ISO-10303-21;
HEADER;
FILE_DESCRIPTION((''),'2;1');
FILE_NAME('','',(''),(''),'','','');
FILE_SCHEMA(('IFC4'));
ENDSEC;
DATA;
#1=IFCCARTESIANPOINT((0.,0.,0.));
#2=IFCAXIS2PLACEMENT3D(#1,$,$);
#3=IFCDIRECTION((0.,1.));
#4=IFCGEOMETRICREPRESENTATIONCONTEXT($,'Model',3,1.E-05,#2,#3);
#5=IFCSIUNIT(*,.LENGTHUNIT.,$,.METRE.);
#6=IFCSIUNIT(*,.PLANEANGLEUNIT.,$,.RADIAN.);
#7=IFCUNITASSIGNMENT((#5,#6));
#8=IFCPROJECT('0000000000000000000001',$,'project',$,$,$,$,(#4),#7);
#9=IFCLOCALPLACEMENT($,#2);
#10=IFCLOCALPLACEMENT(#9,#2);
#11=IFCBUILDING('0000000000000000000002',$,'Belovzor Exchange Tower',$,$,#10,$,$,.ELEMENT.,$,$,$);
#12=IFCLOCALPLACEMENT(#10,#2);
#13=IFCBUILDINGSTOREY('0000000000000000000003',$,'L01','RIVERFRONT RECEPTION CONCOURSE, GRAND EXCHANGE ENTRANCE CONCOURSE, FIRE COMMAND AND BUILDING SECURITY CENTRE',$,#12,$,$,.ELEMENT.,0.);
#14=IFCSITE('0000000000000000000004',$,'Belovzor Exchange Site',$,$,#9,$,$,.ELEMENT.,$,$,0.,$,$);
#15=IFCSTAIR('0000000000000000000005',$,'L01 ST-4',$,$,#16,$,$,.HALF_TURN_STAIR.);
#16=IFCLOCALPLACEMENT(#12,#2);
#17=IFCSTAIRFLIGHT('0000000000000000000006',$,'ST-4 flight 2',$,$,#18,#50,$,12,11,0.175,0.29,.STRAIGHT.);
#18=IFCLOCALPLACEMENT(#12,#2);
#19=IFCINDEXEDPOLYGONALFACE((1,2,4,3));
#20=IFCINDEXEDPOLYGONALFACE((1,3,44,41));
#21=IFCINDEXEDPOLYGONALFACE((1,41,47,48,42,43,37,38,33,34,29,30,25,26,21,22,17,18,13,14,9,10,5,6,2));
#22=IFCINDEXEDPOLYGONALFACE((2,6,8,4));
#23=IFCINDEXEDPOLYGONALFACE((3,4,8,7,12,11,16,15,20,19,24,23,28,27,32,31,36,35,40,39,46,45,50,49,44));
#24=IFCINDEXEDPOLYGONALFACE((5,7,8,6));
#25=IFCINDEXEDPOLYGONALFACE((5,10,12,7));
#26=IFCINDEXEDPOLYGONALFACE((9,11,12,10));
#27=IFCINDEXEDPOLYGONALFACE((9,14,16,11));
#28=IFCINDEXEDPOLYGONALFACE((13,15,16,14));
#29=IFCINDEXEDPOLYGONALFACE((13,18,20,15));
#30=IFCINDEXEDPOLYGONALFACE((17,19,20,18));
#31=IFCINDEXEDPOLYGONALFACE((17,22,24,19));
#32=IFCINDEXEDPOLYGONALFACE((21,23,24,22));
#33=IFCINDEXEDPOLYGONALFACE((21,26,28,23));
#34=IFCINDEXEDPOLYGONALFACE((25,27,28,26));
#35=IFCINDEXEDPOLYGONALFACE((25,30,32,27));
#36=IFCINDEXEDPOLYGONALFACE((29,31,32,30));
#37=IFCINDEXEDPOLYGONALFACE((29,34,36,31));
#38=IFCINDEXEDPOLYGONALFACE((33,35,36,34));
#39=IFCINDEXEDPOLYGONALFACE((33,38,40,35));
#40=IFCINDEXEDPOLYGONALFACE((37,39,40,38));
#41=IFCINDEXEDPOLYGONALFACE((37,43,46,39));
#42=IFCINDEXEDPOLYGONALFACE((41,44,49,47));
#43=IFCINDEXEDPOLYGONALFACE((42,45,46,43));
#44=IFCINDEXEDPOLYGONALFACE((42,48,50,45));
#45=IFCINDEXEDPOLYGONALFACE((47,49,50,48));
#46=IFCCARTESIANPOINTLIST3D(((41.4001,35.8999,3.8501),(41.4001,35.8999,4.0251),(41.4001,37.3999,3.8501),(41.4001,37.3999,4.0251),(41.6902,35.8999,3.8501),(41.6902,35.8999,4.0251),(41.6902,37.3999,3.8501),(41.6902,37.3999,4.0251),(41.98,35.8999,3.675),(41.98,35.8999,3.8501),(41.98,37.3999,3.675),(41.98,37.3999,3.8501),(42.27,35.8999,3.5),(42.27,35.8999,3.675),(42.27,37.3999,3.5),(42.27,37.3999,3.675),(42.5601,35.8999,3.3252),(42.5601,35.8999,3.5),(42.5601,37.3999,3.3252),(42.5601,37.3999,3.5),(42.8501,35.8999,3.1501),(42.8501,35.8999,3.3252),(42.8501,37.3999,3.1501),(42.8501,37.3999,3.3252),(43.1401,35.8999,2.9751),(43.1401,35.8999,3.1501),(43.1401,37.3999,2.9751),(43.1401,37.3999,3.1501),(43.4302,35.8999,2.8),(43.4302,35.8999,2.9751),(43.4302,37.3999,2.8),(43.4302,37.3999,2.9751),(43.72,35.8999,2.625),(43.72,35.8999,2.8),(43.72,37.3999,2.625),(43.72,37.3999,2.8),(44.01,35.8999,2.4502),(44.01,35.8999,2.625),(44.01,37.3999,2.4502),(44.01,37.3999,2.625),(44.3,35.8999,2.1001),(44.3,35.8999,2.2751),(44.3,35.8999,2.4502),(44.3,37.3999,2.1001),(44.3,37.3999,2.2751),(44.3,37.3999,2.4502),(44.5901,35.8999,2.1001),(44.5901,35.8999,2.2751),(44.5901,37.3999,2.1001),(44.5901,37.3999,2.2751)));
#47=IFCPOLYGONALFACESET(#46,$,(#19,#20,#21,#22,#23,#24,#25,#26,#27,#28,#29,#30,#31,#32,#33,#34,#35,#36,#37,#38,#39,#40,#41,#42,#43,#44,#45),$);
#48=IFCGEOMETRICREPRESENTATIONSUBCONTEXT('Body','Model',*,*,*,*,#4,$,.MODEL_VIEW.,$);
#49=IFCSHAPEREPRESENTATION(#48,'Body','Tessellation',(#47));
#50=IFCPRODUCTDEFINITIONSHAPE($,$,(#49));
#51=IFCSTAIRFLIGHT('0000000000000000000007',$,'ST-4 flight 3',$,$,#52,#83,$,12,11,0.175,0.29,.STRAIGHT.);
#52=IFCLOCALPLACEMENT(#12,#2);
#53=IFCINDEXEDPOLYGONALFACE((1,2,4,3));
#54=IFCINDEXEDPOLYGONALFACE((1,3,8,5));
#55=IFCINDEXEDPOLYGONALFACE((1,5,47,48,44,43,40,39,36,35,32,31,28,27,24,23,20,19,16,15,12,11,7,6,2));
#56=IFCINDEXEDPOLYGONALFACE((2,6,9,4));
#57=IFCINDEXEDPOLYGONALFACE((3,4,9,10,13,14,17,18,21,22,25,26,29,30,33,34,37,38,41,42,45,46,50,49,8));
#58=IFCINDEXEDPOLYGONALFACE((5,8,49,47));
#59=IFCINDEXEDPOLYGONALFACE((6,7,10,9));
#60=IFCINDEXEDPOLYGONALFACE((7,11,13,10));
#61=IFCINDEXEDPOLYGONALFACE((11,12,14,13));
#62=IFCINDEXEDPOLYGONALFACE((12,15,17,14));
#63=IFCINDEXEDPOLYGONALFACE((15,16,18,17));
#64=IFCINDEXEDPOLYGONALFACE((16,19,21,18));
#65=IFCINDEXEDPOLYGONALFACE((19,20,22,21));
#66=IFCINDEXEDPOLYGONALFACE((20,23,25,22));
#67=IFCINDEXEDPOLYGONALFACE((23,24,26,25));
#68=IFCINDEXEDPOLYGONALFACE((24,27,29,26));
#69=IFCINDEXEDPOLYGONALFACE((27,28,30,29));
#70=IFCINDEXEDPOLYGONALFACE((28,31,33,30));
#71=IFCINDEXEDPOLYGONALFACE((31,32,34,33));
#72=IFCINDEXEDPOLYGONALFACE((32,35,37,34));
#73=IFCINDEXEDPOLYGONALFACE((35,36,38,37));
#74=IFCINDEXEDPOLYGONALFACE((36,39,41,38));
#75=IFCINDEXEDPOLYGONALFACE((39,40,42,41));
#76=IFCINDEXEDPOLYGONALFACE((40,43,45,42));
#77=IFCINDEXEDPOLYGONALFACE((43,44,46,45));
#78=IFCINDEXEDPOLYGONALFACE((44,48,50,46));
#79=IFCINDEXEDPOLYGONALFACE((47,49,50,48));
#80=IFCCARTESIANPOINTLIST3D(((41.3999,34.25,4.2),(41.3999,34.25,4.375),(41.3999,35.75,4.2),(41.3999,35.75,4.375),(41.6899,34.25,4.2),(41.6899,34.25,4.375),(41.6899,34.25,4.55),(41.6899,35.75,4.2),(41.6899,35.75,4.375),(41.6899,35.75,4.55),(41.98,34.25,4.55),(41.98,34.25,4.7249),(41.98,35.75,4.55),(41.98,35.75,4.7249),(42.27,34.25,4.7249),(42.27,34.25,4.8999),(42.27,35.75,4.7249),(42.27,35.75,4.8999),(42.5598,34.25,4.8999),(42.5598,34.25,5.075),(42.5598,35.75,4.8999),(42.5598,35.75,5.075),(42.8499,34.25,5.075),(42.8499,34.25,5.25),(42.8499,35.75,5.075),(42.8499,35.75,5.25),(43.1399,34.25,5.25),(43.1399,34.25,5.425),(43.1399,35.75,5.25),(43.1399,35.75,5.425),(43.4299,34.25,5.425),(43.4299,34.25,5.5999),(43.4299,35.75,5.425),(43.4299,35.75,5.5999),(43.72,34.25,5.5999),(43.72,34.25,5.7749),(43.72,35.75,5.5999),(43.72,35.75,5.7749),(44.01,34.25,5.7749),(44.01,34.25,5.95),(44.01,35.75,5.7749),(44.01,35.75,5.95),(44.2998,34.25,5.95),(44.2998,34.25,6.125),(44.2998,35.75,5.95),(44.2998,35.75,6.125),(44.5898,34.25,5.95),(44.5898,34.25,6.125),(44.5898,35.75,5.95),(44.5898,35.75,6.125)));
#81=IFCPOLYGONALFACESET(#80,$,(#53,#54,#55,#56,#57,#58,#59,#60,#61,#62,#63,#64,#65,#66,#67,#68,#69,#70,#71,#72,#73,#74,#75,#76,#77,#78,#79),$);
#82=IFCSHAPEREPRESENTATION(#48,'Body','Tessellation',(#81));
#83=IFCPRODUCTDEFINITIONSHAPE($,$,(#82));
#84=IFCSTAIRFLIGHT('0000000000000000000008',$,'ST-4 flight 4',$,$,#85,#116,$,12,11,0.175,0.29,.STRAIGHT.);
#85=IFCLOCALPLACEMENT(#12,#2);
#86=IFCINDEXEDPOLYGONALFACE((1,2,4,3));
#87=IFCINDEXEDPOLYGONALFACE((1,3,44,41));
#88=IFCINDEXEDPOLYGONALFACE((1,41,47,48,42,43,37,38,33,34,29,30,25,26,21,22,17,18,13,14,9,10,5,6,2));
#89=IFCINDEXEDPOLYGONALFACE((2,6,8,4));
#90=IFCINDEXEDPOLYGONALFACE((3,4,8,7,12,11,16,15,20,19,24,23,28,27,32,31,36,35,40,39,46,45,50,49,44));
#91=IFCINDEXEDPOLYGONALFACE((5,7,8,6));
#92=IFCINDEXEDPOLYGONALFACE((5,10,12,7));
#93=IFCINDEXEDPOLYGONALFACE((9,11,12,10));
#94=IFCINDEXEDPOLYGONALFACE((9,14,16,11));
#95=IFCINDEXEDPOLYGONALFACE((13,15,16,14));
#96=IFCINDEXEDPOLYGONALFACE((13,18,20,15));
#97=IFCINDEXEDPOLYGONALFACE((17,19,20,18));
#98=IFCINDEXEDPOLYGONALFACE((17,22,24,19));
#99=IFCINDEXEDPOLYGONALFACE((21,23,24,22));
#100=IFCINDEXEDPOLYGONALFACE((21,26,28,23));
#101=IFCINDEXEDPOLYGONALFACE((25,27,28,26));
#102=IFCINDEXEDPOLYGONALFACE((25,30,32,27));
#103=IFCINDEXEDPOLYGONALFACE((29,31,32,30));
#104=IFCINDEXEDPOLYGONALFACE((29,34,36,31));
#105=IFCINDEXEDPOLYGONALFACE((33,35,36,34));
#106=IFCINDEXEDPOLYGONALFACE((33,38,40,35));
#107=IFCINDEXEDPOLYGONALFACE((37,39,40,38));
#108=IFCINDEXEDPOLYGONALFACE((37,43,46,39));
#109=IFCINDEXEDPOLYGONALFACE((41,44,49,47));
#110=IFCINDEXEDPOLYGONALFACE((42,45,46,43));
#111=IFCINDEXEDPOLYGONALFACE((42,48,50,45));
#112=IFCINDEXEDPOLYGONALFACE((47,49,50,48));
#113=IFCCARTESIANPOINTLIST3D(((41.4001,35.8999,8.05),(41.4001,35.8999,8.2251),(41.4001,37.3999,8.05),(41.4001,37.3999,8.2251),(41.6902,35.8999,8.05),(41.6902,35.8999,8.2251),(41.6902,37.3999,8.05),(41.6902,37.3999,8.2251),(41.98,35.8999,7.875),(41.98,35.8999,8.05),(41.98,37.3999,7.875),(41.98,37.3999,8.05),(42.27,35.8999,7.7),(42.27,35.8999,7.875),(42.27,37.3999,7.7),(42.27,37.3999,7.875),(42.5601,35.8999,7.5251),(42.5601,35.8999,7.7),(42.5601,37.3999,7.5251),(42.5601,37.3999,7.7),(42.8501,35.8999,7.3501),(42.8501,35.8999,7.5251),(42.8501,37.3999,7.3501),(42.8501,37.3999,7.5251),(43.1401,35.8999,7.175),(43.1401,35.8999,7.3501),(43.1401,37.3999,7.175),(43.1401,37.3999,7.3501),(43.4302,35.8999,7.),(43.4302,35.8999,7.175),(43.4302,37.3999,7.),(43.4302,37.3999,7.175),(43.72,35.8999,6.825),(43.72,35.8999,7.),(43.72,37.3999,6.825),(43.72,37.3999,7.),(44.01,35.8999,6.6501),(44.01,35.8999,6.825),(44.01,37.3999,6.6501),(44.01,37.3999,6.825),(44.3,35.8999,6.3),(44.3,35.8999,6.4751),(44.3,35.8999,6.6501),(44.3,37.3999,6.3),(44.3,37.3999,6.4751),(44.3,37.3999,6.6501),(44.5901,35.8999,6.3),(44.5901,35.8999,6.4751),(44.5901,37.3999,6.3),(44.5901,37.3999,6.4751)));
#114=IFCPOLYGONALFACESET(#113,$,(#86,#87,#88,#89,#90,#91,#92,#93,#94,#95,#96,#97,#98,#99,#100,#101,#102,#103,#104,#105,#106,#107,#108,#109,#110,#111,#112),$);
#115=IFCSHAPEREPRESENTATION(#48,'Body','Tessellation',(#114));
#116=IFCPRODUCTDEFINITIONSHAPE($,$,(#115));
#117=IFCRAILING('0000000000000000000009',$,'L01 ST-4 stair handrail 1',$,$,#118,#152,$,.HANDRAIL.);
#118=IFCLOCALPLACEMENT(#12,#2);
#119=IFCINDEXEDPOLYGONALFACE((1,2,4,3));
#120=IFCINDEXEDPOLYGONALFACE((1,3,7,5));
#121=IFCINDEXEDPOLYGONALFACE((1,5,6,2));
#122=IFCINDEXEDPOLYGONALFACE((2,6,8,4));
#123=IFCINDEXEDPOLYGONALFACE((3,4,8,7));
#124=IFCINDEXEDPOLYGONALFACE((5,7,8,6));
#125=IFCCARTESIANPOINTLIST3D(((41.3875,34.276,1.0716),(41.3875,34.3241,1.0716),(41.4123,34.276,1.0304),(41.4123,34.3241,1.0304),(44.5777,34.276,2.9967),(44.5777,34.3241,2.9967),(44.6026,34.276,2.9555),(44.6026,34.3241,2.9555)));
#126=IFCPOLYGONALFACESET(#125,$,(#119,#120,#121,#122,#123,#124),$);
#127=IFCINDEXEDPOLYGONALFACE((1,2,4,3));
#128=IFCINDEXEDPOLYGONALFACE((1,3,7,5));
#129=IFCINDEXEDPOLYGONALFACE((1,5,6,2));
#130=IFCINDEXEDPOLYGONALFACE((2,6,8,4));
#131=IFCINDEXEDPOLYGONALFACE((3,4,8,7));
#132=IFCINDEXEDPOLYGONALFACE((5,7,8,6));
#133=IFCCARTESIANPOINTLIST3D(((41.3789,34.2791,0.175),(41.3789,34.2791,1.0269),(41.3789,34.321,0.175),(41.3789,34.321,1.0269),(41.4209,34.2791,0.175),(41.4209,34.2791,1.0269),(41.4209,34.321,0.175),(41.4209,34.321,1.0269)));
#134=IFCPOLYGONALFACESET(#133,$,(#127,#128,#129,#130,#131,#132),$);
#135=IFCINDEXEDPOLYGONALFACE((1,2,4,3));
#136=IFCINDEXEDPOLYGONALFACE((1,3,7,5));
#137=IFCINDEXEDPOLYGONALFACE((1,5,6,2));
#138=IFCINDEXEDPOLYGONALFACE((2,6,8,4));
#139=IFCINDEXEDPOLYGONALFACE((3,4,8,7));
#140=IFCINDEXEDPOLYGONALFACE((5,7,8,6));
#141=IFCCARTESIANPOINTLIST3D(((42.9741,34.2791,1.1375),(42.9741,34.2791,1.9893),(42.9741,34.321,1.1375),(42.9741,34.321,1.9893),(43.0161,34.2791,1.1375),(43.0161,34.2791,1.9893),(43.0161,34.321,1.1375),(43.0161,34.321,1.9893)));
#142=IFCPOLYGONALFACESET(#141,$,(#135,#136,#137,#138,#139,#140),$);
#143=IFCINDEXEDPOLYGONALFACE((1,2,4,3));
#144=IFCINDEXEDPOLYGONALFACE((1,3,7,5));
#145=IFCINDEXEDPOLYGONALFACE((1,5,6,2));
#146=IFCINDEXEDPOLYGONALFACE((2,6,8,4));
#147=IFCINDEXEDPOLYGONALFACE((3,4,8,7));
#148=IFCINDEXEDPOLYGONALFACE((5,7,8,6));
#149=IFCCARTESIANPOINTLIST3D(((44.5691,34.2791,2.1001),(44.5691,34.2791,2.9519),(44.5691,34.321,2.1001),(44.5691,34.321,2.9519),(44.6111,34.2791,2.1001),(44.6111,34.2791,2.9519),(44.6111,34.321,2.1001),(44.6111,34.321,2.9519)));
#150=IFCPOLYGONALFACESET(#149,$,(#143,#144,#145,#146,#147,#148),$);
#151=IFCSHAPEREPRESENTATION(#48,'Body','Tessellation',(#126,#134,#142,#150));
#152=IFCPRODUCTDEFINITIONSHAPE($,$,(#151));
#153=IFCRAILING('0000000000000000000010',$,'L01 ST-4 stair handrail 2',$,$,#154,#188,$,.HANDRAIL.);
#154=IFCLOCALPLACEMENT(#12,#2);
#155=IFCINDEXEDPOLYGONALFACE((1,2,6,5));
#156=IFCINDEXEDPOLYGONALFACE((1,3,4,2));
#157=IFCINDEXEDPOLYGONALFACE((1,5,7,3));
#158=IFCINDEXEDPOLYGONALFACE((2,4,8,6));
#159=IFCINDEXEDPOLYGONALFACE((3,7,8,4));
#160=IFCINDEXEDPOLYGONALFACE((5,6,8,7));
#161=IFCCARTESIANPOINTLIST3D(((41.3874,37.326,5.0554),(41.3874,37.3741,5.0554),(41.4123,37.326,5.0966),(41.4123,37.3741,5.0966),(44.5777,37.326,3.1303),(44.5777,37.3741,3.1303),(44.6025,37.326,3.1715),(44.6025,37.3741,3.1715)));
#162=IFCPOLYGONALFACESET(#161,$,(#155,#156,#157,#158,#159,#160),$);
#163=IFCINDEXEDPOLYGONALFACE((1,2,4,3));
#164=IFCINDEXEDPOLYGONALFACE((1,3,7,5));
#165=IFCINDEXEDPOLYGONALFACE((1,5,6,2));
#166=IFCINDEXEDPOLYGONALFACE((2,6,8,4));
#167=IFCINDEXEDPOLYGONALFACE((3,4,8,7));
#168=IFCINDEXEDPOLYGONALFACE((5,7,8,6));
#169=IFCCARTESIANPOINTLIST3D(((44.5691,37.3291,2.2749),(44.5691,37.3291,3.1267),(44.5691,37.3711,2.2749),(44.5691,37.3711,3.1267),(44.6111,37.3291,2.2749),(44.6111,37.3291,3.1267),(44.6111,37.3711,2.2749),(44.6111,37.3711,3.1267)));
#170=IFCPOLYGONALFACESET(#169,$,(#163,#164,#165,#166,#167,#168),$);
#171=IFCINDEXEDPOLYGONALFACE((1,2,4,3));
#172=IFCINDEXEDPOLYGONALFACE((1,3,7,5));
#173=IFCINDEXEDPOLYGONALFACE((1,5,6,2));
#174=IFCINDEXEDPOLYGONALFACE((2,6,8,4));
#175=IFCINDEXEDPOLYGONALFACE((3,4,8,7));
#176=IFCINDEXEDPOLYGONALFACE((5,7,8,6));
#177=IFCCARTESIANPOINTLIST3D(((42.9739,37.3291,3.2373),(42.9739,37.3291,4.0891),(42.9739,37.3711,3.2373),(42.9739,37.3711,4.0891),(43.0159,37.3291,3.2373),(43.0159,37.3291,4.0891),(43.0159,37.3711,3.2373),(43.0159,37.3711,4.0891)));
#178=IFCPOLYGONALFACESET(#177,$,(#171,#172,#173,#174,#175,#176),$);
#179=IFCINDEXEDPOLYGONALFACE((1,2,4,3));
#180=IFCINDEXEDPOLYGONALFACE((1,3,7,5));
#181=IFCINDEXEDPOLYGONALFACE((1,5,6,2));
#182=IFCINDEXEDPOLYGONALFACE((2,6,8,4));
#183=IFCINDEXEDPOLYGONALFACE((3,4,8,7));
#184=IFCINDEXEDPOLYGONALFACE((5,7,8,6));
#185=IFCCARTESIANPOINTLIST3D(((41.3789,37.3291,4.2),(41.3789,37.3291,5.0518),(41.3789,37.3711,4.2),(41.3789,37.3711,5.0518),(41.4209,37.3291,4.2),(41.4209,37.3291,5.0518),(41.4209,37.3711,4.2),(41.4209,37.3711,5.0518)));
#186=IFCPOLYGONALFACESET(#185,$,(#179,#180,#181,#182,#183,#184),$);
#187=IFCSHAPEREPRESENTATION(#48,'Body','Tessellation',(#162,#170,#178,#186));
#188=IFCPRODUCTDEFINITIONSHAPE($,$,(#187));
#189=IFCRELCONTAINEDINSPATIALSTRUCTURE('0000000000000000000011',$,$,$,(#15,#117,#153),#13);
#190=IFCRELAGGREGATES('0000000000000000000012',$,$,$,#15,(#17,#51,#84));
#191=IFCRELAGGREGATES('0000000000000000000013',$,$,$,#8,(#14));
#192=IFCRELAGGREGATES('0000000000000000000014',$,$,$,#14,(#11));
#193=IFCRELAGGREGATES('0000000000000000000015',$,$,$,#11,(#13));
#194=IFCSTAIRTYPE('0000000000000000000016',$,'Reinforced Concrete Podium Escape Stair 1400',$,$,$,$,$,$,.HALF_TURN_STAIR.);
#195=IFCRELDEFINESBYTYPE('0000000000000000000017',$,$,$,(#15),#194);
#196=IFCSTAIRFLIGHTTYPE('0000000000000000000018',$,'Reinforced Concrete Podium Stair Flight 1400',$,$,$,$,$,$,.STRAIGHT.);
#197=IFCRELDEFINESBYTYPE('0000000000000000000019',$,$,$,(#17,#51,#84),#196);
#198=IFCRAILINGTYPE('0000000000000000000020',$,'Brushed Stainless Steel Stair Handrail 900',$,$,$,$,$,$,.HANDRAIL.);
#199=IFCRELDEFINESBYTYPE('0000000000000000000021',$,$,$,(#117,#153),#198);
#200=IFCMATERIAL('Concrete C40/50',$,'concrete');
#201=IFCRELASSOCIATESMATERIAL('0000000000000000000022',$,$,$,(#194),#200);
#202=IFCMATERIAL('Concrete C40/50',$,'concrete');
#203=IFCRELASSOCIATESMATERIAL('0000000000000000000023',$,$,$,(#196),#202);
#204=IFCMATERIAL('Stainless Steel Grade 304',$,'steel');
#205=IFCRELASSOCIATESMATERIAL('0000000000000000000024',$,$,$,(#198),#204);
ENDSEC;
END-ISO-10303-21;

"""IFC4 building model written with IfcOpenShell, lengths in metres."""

from ifc_helpers import new_model, si_unit, direction, frame, origin, origin_2d, place, context, subcontext, project, spatial, polyline, rectangle, outline, extrude, material, type_object, element, aggregate, save


model = new_model("IFC4")

# Units and contexts
model_context = context("Model", 3, precision=1e-05, world=origin(), true_north=direction((0.0, 1.0)))
body_context = subcontext(model_context, "Body", "Model", "MODEL_VIEW")
ifc_project = project(units=[si_unit("LENGTHUNIT", "METRE"), si_unit("PLANEANGLEUNIT", "RADIAN")], contexts=[model_context])

# Site, building, storey
site_placement = place(None, origin())
site = spatial("IfcSite", under=ifc_project, at=site_placement, Name="Belovzor Exchange Site", CompositionType="ELEMENT", RefElevation=0.0)
building_placement = place(site_placement, origin())
building = spatial("IfcBuilding", under=site, at=building_placement, Name="Belovzor Exchange Tower", CompositionType="ELEMENT")
storey_placement = place(building_placement, origin())
storey = spatial("IfcBuildingStorey", under=building, at=storey_placement, Name="L01", Description="RIVERFRONT RECEPTION CONCOURSE, GRAND EXCHANGE ENTRANCE CONCOURSE, FIRE COMMAND AND BUILDING SECURITY CENTRE", CompositionType="ELEMENT", Elevation=0.0)

# Stair, stair flights
ifc_material_1 = material(Name="Concrete C40/50", Category="concrete")
stair_type = type_object("IfcStairType", Name="Reinforced Concrete Podium Escape Stair 1400", PredefinedType="HALF_TURN_STAIR", material=ifc_material_1)
stair_placement = place(storey_placement, origin())
stair = element("IfcStair", 1, at=stair_placement, inside=storey, type_object=stair_type, Name="L01 ST-4", PredefinedType="HALF_TURN_STAIR")
ifc_material_2 = material(Name="Concrete C40/50", Category="concrete")
stair_flight_type = type_object("IfcStairFlightType", Name="Reinforced Concrete Podium Stair Flight 1400", PredefinedType="STRAIGHT", material=ifc_material_2)
stair_flight_1_placement = place(storey_placement, frame((44.5901, 36.6499, 2.1001), z_axis=(0.0, 0.0, 1.0), x_axis=(-1.0, 0.0, 0.0)))
stair_flight_1 = element("IfcStairFlight", 2, at=stair_flight_1_placement, type_object=stair_flight_type, Name="ST-4 flight 2", NumberOfRisers=12, NumberOfTreads=11, PredefinedType="STRAIGHT", RiserHeight=0.175, TreadLength=0.29, context=body_context, shape_type="SweptSolid", body=[
    extrude(outline(polyline([(0.0, 0.0), (0.0, 0.175), (0.29, 0.175), (0.29, 0.3501), (0.5801, 0.3501), (0.5801, 0.5249), (0.8701, 0.5249), (0.8701, 0.7), (1.1599, 0.7), (1.1599, 0.875), (1.45, 0.875), (1.45, 1.05), (1.74, 1.05), (1.74, 1.2251), (2.03, 1.2251), (2.03, 1.3999), (2.3201, 1.3999), (2.3201, 1.575), (2.6101, 1.575), (2.6101, 1.75), (2.8999, 1.75), (2.8999, 1.925), (3.1899, 1.925), (3.1899, 2.1001), (3.1899, 1.75), (0.29, 0.0), (0.0, 0.0)])), frame((0.0, 0.75, 0.0), z_axis=(0.0, -1.0, 0.0), x_axis=(1.0, 0.0, 0.0)), (0.0, 0.0, 1.0), 1.5),
])
stair_flight_2_placement = place(storey_placement, frame((41.3999, 35.0, 4.2), z_axis=(0.0, 0.0, 1.0), x_axis=(1.0, 0.0, 0.0)))
stair_flight_2 = element("IfcStairFlight", 3, at=stair_flight_2_placement, type_object=stair_flight_type, Name="ST-4 flight 3", NumberOfRisers=12, NumberOfTreads=11, PredefinedType="STRAIGHT", RiserHeight=0.175, TreadLength=0.29, context=body_context, shape_type="SweptSolid", body=[
    extrude(outline(polyline([(0.0, 0.0), (0.0, 0.175), (0.29, 0.175), (0.29, 0.3501), (0.5801, 0.3501), (0.5801, 0.5249), (0.8701, 0.5249), (0.8701, 0.7), (1.1599, 0.7), (1.1599, 0.875), (1.45, 0.875), (1.45, 1.05), (1.74, 1.05), (1.74, 1.2251), (2.03, 1.2251), (2.03, 1.3999), (2.3201, 1.3999), (2.3201, 1.575), (2.6101, 1.575), (2.6101, 1.75), (2.8999, 1.75), (2.8999, 1.925), (3.1899, 1.925), (3.1899, 2.1001), (3.1899, 1.75), (0.29, 0.0), (0.0, 0.0)])), frame((0.0, 0.75, 0.0), z_axis=(0.0, -1.0, 0.0), x_axis=(1.0, 0.0, 0.0)), (0.0, 0.0, 1.0), 1.5),
])
stair_flight_3_placement = place(storey_placement, frame((44.5901, 36.6499, 6.3), z_axis=(0.0, 0.0, 1.0), x_axis=(-1.0, 0.0, 0.0)))
stair_flight_3 = element("IfcStairFlight", 4, at=stair_flight_3_placement, type_object=stair_flight_type, Name="ST-4 flight 4", NumberOfRisers=12, NumberOfTreads=11, PredefinedType="STRAIGHT", RiserHeight=0.175, TreadLength=0.29, context=body_context, shape_type="SweptSolid", body=[
    extrude(outline(polyline([(0.0, 0.0), (0.0, 0.175), (0.29, 0.175), (0.29, 0.3501), (0.5801, 0.3501), (0.5801, 0.5249), (0.8701, 0.5249), (0.8701, 0.7), (1.1599, 0.7), (1.1599, 0.875), (1.45, 0.875), (1.45, 1.05), (1.74, 1.05), (1.74, 1.2251), (2.03, 1.2251), (2.03, 1.3999), (2.3201, 1.3999), (2.3201, 1.575), (2.6101, 1.575), (2.6101, 1.75), (2.8999, 1.75), (2.8999, 1.925), (3.1899, 1.925), (3.1899, 2.1001), (3.1899, 1.75), (0.29, 0.0), (0.0, 0.0)])), frame((0.0, 0.75, 0.0), z_axis=(0.0, -1.0, 0.0), x_axis=(1.0, 0.0, 0.0)), (0.0, 0.0, 1.0), 1.5),
])
aggregate(stair, [stair_flight_1, stair_flight_2, stair_flight_3])

# Railings
ifc_material_3 = material(Name="Stainless Steel Grade 304", Category="steel")
railing_type_1 = type_object("IfcRailingType", Name="Brushed Stainless Steel Stair Handrail 900", PredefinedType="HANDRAIL", material=ifc_material_3)
railing_1_placement = place(storey_placement, frame((41.3999, 34.3, 0.175)))
element("IfcRailing", 5, at=railing_1_placement, inside=storey, type_object=railing_type_1, Name="L01 ST-4 stair handrail 1", PredefinedType="HANDRAIL", context=body_context, shape_type="SweptSolid", body=[
    extrude(rectangle(XDim=0.0481, YDim=0.0481, at=origin_2d()), frame((0.0, 0.0, 0.876), z_axis=(0.856195, 0.0, 0.516653), x_axis=(0.0, 1.0, 0.0)), (0.0, 0.0, 1.0), 3.7261),
    extrude(rectangle(XDim=0.042, YDim=0.042, at=origin_2d()), origin(), (0.0, 0.0, 1.0), 0.8518),
    extrude(rectangle(XDim=0.042, YDim=0.042, at=origin_2d()), frame((1.5952, 0.0, 0.9624)), (0.0, 0.0, 1.0), 0.8518),
    extrude(rectangle(XDim=0.042, YDim=0.042, at=origin_2d()), frame((3.1902, 0.0, 1.925)), (0.0, 0.0, 1.0), 0.8518),
])
railing_2_placement = place(storey_placement, frame((44.5901, 37.3501, 2.2749)))
element("IfcRailing", 6, at=railing_2_placement, inside=storey, type_object=railing_type_1, Name="L01 ST-4 stair handrail 2", PredefinedType="HANDRAIL", context=body_context, shape_type="SweptSolid", body=[
    extrude(rectangle(XDim=0.0481, YDim=0.0481, at=origin_2d()), frame((0.0, 0.0, 0.876), z_axis=(-0.856195, 0.0, 0.516653), x_axis=(0.0, -1.0, 0.0)), (0.0, 0.0, 1.0), 3.7261),
    extrude(rectangle(XDim=0.042, YDim=0.042, at=origin_2d()), origin(), (0.0, 0.0, 1.0), 0.8518),
    extrude(rectangle(XDim=0.042, YDim=0.042, at=origin_2d()), frame((-1.5952, 0.0, 0.9624)), (0.0, 0.0, 1.0), 0.8518),
    extrude(rectangle(XDim=0.042, YDim=0.042, at=origin_2d()), frame((-3.1902, 0.0, 1.925)), (0.0, 0.0, 1.0), 0.8518),
])

save(model, "model.ifc")
